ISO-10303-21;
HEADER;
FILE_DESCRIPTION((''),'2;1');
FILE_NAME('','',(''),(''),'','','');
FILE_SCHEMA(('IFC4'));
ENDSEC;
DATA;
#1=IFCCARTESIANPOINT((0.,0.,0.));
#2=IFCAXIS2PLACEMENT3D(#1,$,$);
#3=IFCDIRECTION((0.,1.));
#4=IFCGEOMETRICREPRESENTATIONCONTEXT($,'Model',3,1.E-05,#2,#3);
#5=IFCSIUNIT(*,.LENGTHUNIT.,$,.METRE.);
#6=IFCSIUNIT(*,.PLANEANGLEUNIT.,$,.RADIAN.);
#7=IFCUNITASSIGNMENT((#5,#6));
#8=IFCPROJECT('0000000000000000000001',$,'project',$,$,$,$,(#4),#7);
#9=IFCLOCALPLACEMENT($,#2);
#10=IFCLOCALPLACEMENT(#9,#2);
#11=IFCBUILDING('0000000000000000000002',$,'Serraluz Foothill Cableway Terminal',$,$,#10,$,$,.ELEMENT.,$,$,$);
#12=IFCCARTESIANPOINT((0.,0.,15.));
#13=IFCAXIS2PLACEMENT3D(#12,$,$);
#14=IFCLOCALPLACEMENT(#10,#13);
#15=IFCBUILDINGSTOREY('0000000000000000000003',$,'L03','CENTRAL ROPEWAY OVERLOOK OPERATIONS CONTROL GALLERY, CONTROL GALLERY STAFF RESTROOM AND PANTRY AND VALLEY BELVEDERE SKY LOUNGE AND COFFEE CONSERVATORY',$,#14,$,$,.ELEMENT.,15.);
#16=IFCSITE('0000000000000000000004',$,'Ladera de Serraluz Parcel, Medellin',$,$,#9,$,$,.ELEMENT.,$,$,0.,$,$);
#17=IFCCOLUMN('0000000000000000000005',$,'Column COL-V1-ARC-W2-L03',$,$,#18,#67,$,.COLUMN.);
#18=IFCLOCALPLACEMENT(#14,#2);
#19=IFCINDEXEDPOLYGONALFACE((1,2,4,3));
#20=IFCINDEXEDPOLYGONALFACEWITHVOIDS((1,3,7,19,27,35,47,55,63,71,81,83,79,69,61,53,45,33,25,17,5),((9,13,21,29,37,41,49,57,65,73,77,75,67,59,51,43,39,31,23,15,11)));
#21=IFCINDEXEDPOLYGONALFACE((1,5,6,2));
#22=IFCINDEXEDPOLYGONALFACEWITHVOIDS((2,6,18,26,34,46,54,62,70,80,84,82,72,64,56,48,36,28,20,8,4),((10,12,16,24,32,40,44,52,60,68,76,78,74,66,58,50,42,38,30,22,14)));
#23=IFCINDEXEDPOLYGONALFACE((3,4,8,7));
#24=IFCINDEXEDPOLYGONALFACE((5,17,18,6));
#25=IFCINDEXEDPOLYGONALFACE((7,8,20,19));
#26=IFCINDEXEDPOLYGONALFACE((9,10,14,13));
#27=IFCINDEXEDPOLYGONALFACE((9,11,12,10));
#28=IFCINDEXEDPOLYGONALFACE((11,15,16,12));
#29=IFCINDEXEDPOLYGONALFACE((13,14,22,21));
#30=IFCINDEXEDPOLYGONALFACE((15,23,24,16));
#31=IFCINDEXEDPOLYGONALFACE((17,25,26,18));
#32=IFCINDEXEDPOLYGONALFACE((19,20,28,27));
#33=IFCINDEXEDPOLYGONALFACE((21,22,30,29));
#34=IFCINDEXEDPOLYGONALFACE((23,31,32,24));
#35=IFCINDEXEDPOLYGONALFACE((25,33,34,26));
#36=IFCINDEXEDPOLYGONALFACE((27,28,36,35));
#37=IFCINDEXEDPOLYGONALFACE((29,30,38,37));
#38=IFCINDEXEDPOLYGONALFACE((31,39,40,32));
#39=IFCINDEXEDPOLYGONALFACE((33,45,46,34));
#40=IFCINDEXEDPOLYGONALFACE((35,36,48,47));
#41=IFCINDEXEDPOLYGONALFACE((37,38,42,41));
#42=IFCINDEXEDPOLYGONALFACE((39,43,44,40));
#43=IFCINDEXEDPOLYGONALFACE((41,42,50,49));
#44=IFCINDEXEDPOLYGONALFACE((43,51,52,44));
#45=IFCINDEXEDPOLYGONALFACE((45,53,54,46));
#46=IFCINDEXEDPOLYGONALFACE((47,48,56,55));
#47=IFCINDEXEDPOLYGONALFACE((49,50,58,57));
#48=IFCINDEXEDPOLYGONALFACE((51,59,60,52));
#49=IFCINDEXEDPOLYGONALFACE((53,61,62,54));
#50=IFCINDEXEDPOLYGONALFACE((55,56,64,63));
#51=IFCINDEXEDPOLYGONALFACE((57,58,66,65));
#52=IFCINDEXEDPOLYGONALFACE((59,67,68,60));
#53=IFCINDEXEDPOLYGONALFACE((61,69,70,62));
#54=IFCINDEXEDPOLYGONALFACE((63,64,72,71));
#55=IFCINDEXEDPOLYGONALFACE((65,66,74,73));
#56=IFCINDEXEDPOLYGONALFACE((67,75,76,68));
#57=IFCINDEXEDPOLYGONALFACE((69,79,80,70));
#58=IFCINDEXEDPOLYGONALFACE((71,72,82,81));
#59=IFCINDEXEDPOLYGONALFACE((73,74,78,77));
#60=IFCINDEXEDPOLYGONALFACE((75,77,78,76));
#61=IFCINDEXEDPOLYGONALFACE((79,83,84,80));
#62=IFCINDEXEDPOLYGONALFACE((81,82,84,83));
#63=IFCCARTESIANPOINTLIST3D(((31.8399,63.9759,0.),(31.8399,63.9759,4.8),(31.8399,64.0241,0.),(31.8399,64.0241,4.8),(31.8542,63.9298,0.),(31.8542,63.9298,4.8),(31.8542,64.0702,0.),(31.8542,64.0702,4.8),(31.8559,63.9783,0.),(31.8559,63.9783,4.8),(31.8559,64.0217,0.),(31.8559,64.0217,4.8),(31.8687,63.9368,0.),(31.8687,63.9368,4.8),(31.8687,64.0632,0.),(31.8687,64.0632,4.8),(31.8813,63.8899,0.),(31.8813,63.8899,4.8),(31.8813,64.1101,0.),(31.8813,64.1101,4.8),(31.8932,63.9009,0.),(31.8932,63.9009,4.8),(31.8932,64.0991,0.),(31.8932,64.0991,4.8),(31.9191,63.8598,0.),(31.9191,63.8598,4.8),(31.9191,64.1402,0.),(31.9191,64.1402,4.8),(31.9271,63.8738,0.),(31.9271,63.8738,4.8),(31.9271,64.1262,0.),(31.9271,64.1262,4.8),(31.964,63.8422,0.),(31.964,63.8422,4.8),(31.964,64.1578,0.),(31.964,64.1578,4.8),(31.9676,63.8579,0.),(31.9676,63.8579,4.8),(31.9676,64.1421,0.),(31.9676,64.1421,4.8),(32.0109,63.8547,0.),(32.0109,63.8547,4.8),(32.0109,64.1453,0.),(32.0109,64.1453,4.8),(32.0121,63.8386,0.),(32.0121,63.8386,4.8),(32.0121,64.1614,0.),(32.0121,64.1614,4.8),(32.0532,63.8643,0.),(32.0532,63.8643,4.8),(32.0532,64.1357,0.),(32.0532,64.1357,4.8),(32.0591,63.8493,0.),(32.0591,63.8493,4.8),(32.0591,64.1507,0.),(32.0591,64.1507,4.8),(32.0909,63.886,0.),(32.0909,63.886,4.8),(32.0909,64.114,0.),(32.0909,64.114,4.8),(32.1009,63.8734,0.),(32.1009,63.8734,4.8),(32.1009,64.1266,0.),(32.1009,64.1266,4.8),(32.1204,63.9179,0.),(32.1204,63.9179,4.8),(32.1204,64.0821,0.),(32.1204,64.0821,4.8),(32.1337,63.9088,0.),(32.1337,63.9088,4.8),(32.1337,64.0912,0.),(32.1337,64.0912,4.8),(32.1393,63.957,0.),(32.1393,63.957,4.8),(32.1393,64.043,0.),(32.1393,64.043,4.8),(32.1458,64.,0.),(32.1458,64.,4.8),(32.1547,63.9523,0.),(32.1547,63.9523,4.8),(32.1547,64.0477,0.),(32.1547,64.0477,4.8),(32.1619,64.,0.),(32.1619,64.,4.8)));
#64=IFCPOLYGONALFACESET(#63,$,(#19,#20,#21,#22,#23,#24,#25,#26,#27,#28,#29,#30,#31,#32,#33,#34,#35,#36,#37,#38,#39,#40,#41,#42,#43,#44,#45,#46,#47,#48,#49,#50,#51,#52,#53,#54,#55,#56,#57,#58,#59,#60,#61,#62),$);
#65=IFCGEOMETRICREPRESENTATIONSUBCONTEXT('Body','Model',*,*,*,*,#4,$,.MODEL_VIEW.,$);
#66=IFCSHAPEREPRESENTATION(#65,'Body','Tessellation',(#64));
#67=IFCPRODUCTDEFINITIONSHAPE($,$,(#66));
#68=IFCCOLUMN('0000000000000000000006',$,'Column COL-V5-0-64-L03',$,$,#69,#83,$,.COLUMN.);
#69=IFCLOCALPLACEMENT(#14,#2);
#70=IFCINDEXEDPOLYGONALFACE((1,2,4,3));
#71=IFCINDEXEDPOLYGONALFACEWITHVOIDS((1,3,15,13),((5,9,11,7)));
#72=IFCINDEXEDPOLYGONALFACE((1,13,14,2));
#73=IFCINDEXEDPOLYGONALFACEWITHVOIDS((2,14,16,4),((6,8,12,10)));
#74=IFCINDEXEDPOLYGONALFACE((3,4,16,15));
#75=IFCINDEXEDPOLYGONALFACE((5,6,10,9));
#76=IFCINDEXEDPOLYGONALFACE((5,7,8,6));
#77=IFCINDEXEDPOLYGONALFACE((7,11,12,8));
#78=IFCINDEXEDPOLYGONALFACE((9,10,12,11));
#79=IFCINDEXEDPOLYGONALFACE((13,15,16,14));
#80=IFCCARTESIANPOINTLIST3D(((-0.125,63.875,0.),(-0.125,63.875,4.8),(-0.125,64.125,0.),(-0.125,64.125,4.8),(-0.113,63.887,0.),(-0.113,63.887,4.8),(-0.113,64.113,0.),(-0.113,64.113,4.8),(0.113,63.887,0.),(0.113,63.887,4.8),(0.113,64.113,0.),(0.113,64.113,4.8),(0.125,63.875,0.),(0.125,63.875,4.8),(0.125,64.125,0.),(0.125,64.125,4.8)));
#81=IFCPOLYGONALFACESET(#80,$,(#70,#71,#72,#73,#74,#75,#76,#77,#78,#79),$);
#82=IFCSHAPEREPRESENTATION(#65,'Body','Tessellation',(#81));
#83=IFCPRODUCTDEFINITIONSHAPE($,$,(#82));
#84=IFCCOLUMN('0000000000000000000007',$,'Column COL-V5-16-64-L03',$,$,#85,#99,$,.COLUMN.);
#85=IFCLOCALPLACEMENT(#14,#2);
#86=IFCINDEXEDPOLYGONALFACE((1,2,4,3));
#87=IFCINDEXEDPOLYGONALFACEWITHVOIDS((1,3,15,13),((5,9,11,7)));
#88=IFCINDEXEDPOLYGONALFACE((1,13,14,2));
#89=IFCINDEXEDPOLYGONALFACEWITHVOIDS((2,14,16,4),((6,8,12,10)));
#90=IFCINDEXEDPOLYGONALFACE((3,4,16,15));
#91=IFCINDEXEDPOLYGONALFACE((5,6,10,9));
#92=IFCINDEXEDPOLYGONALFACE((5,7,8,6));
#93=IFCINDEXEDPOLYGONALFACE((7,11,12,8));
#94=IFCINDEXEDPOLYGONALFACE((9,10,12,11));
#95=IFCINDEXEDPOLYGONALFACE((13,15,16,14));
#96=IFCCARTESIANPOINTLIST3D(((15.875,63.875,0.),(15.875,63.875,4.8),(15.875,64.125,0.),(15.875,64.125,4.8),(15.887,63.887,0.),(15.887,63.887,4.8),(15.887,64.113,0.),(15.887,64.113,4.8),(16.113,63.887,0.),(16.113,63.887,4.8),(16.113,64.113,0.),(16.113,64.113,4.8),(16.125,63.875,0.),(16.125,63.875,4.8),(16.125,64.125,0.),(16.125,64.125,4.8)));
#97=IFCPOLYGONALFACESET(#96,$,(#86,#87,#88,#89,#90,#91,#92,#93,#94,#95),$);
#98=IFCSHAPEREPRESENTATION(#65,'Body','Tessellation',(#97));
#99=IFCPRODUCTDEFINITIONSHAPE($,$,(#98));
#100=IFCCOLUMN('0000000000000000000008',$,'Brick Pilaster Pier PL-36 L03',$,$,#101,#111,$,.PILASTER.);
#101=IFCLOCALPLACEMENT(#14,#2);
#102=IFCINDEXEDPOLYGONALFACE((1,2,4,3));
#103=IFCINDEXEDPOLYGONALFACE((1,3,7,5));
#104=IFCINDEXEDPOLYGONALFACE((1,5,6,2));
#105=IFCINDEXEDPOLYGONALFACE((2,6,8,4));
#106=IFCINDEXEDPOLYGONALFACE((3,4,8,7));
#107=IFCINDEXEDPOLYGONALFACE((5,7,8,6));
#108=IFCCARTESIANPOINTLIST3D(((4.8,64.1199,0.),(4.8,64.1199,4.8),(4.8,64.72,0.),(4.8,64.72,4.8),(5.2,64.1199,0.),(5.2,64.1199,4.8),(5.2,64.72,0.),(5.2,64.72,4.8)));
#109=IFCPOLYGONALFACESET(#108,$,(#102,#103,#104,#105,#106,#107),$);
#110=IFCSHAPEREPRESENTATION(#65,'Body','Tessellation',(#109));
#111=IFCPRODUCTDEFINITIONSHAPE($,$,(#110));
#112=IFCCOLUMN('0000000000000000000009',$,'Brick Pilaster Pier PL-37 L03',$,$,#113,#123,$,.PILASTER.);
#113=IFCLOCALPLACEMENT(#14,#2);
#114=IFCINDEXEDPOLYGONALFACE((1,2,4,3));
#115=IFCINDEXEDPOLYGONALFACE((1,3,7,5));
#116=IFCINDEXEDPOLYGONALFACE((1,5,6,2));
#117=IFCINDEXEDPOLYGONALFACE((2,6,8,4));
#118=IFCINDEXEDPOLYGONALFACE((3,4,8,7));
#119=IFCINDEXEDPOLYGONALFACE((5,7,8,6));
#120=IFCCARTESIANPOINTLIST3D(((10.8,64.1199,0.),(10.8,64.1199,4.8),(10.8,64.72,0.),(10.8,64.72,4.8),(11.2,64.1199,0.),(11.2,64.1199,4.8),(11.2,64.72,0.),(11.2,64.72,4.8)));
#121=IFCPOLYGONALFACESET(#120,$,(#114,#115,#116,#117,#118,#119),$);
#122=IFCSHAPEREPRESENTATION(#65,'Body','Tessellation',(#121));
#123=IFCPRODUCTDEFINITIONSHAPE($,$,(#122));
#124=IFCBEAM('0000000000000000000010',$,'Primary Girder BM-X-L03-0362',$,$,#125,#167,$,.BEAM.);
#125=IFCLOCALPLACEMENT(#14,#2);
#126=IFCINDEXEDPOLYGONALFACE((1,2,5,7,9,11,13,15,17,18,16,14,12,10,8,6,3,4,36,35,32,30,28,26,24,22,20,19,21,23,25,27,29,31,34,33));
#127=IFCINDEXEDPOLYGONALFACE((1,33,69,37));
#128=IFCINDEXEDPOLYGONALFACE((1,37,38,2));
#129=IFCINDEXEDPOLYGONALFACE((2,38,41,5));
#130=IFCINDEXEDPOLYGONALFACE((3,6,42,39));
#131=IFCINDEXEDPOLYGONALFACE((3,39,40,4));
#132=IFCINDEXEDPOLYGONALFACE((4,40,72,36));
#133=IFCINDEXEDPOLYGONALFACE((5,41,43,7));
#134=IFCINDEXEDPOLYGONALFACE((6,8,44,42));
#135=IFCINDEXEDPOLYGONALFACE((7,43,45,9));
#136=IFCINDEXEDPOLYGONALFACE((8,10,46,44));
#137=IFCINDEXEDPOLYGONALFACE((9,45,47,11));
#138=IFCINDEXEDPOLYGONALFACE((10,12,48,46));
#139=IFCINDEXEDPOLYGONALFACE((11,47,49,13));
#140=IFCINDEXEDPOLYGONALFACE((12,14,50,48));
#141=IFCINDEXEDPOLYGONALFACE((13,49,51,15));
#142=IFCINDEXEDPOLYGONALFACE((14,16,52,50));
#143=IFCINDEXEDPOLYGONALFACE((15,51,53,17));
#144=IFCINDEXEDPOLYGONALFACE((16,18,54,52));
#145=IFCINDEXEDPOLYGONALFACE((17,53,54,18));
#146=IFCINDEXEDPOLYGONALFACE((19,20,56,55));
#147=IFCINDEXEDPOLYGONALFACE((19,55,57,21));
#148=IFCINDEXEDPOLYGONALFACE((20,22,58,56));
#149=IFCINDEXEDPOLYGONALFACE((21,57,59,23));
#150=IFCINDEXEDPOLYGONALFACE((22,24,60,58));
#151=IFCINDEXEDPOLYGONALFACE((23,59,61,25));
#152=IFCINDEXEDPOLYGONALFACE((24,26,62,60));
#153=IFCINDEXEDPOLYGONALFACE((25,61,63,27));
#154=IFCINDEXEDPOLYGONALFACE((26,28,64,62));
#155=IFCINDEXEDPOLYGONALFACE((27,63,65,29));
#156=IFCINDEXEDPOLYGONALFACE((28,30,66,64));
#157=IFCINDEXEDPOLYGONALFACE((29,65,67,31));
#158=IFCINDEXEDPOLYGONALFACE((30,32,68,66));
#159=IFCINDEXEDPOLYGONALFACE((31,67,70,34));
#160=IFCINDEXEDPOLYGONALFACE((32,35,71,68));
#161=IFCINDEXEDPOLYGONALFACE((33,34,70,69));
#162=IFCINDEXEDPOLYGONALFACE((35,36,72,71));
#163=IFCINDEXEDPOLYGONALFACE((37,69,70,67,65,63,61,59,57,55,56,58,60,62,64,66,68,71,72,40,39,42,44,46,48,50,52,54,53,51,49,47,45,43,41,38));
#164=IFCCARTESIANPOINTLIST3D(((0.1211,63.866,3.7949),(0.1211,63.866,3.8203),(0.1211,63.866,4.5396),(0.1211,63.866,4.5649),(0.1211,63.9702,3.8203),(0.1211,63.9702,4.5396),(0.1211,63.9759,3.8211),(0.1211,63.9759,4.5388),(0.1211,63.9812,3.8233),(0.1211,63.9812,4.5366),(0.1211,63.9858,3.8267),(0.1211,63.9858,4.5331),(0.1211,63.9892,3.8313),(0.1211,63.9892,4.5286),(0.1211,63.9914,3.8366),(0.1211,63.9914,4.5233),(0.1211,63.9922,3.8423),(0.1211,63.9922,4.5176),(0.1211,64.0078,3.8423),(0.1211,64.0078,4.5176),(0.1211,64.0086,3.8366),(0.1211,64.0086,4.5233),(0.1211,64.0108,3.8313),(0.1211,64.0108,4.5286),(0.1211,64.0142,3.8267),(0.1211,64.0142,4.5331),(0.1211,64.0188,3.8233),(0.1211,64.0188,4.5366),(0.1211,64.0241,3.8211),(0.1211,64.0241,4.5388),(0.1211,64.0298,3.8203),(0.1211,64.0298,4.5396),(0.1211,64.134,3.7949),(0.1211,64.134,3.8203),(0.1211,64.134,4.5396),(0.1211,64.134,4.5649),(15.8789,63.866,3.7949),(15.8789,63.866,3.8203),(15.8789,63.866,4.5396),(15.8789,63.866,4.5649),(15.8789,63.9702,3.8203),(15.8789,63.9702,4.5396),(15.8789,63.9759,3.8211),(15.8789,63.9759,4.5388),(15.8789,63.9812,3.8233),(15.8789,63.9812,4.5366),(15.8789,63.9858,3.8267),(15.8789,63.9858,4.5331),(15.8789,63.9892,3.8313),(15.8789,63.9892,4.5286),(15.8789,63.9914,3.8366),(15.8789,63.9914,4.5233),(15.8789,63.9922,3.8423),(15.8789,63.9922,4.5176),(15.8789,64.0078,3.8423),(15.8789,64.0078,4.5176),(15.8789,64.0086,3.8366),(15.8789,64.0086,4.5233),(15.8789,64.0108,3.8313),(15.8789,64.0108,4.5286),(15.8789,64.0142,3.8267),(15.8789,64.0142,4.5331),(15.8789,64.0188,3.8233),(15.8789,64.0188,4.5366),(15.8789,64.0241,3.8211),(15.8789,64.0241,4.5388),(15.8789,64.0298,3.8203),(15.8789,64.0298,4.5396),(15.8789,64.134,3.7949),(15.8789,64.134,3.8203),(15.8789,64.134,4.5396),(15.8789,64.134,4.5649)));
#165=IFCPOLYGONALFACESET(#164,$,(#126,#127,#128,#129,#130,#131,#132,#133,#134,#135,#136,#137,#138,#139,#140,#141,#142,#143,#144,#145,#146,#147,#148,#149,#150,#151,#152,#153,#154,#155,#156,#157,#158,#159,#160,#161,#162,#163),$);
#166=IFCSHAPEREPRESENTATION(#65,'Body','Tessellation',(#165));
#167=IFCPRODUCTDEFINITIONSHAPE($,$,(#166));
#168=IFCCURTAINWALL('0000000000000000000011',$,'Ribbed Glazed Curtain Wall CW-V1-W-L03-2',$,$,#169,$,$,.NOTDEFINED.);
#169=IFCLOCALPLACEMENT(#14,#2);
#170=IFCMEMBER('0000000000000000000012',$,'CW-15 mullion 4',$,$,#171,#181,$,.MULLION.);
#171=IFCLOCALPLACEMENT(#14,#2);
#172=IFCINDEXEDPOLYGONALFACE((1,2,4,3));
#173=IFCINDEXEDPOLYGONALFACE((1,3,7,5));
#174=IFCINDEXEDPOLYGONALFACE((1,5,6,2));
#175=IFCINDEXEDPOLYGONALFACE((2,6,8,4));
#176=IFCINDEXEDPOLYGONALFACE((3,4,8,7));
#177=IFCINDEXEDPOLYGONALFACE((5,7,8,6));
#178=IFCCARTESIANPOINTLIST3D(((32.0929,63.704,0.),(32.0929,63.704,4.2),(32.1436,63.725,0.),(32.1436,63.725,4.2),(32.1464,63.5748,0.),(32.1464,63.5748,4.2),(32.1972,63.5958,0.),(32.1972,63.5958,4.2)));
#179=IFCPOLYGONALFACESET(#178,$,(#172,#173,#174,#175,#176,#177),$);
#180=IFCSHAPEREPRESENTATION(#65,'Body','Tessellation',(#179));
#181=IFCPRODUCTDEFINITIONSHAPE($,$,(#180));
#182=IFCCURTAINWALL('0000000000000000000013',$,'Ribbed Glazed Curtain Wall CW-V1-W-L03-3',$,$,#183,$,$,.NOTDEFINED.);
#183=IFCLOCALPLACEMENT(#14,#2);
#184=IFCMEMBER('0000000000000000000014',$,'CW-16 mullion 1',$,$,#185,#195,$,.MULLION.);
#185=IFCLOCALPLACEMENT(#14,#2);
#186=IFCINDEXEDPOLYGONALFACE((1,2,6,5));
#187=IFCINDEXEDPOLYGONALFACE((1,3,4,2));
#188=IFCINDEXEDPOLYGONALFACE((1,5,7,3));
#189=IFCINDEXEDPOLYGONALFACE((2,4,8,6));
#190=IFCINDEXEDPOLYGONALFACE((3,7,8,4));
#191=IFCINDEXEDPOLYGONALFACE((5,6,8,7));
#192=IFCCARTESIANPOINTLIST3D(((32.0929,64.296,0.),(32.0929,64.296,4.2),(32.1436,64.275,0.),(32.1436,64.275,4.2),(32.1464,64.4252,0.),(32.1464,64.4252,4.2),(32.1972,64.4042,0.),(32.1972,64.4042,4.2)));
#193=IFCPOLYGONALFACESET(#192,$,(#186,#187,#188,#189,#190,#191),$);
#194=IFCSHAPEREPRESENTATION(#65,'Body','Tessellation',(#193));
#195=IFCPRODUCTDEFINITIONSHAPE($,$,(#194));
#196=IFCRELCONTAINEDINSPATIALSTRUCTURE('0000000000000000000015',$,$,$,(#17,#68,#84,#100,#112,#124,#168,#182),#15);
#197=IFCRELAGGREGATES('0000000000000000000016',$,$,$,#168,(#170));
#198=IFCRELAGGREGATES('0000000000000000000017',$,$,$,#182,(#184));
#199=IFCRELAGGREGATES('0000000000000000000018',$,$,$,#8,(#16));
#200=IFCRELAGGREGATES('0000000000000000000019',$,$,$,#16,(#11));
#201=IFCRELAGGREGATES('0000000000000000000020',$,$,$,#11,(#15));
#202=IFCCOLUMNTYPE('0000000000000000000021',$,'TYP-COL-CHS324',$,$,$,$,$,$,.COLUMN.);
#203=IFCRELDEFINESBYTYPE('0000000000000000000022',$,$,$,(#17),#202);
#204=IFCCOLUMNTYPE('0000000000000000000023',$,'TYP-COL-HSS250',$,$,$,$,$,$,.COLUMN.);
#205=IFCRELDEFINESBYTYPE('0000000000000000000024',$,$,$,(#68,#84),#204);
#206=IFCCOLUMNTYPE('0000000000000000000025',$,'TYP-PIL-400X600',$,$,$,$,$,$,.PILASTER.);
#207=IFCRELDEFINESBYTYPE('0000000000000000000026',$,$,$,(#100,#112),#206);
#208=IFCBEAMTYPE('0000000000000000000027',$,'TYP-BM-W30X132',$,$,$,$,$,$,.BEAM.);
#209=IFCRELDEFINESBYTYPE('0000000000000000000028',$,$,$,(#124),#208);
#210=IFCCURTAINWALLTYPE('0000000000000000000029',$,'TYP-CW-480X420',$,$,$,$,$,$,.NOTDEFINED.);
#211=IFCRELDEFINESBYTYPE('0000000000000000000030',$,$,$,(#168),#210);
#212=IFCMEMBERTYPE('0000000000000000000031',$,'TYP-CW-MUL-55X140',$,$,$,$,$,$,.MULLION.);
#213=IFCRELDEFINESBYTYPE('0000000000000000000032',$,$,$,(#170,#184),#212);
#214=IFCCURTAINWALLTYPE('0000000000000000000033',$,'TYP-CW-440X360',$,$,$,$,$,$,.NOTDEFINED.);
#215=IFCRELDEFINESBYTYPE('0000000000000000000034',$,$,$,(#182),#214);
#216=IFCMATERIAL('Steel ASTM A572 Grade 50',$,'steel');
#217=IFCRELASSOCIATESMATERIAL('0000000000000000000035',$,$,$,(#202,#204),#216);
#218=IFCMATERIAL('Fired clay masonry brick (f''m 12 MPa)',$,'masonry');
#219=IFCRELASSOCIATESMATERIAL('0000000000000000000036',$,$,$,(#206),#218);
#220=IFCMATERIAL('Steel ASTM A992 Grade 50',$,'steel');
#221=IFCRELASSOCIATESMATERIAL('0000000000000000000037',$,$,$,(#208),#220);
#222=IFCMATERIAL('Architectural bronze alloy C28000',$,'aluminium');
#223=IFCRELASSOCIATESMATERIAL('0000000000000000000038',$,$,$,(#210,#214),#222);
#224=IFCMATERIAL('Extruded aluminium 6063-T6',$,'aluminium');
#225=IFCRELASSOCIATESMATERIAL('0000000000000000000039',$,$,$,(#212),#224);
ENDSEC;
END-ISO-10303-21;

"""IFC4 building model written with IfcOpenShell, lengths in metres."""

from ifc_helpers import new_model, si_unit, direction, frame, origin, origin_2d, place, context, subcontext, project, spatial, rectangle, hollow_rectangle, hollow_circle, i_section, extrude, material, material_profile, profile_set, type_object, element, aggregate, save


model = new_model("IFC4")

# Units and contexts
model_context = context("Model", 3, precision=1e-05, world=origin(), true_north=direction((0.0, 1.0)))
body_context = subcontext(model_context, "Body", "Model", "MODEL_VIEW")
ifc_project = project(units=[si_unit("LENGTHUNIT", "METRE"), si_unit("PLANEANGLEUNIT", "RADIAN")], contexts=[model_context])

# Site, building, storey
site_placement = place(None, origin())
site = spatial("IfcSite", under=ifc_project, at=site_placement, Name="Ladera de Serraluz Parcel, Medellin", CompositionType="ELEMENT", RefElevation=0.0)
building_placement = place(site_placement, origin())
building = spatial("IfcBuilding", under=site, at=building_placement, Name="Serraluz Foothill Cableway Terminal", CompositionType="ELEMENT")
storey_placement = place(building_placement, frame((0.0, 0.0, 15.0)))
storey = spatial("IfcBuildingStorey", under=building, at=storey_placement, Name="L03", Description="CENTRAL ROPEWAY OVERLOOK OPERATIONS CONTROL GALLERY, CONTROL GALLERY STAFF RESTROOM AND PANTRY AND VALLEY BELVEDERE SKY LOUNGE AND COFFEE CONSERVATORY", CompositionType="ELEMENT", Elevation=15.0)

# Columns
ifc_material_1 = material(Name="Steel ASTM A572 Grade 50", Category="steel")
ifc_material_profile_1 = material_profile(ifc_material_1, hollow_circle(Radius=0.1619, WallThickness=0.0161, at=origin_2d()), Name="CHS324X16")
ifc_profile_set_1 = profile_set([ifc_material_profile_1], Name="Steel ASTM A572 Grade 50")
column_type_1 = type_object("IfcColumnType", Name="TYP-COL-CHS324", PredefinedType="COLUMN", material=ifc_profile_set_1)
column_placement = place(storey_placement, frame((32.0, 64.0, 0.0), z_axis=(0.0, 0.0, 1.0), x_axis=(1.0, 0.0, 0.0)))
element("IfcColumn", 1, at=column_placement, inside=storey, type_object=column_type_1, Name="Column COL-V1-ARC-W2-L03", PredefinedType="COLUMN", context=body_context, shape_type="SweptSolid", body=[
    extrude(hollow_circle(Radius=0.1619, WallThickness=0.0161, at=origin_2d()), origin(), (0.0, 0.0, 1.0), 4.8),
])
ifc_material_profile_2 = material_profile(ifc_material_1, hollow_rectangle(XDim=0.25, YDim=0.25, WallThickness=0.012, at=origin_2d()), Name="HSS250X250X12")
ifc_profile_set_2 = profile_set([ifc_material_profile_2], Name="Steel ASTM A572 Grade 50")
column_type_2 = type_object("IfcColumnType", Name="TYP-COL-HSS250", PredefinedType="COLUMN", material=ifc_profile_set_2)
for number, where, z_axis, x_axis, name in (
    (2, (0.0, 64.0, 0.0), (0.0, 0.0, 1.0), (1.0, 0.0, 0.0), "Column COL-V5-0-64-L03"),
    (3, (16.0, 64.0, 0.0), (0.0, 0.0, 1.0), (1.0, 0.0, 0.0), "Column COL-V5-16-64-L03"),
):
    element("IfcColumn", number, at=place(storey_placement, frame(where, z_axis=z_axis, x_axis=x_axis)), inside=storey, type_object=column_type_2, Name=name, PredefinedType="COLUMN", context=body_context, shape_type="SweptSolid", body=[
        extrude(hollow_rectangle(XDim=0.25, YDim=0.25, WallThickness=0.012, at=origin_2d()), origin(), (0.0, 0.0, 1.0), 4.8),
    ])
ifc_material_2 = material(Name="Fired clay masonry brick (f'm 12 MPa)", Category="masonry")
ifc_material_profile_3 = material_profile(ifc_material_2, rectangle(XDim=0.3999, YDim=0.6001, at=origin_2d()), Name="PIL 400x600")
ifc_profile_set_3 = profile_set([ifc_material_profile_3], Name="Fired clay masonry brick (f'm 12 MPa)")
column_type_3 = type_object("IfcColumnType", Name="TYP-PIL-400X600", PredefinedType="PILASTER", material=ifc_profile_set_3)
for number, where, z_axis, x_axis, name in (
    (4, (5.0, 64.4199, 0.0), (0.0, 0.0, 1.0), (1.0, 0.0, 0.0), "Brick Pilaster Pier PL-36 L03"),
    (5, (11.0, 64.4199, 0.0), (0.0, 0.0, 1.0), (1.0, 0.0, 0.0), "Brick Pilaster Pier PL-37 L03"),
):
    element("IfcColumn", number, at=place(storey_placement, frame(where, z_axis=z_axis, x_axis=x_axis)), inside=storey, type_object=column_type_3, Name=name, PredefinedType="PILASTER", context=body_context, shape_type="SweptSolid", body=[
        extrude(rectangle(XDim=0.3999, YDim=0.6001, at=origin_2d()), origin(), (0.0, 0.0, 1.0), 4.8),
    ])

# Beam
ifc_material_3 = material(Name="Steel ASTM A992 Grade 50", Category="steel")
ifc_material_profile_4 = material_profile(ifc_material_3, i_section(OverallWidth=0.2681, OverallDepth=0.77, WebThickness=0.0156, FlangeThickness=0.0254, FilletRadius=0.022, at=origin_2d()), Name="W30X132")
ifc_profile_set_4 = profile_set([ifc_material_profile_4], Name="Steel ASTM A992 Grade 50")
beam_type_1 = type_object("IfcBeamType", Name="TYP-BM-W30X132", PredefinedType="BEAM", material=ifc_profile_set_4)
beam_1_placement = place(storey_placement, frame((0.1211, 64.0, 4.1799), z_axis=(1.0, 0.0, 0.0), x_axis=(0.0, 1.0, 0.0)))
element("IfcBeam", 6, at=beam_1_placement, inside=storey, type_object=beam_type_1, Name="Primary Girder BM-X-L03-0362", PredefinedType="BEAM", context=body_context, shape_type="SweptSolid", body=[
    extrude(i_section(OverallWidth=0.2681, OverallDepth=0.77, WebThickness=0.0156, FlangeThickness=0.0254, FilletRadius=0.022, at=origin_2d()), origin(), (0.0, 0.0, 1.0), 15.7578),
])

# Curtain walls, members
ifc_material_4 = material(Name="Architectural bronze alloy C28000", Category="aluminium")
curtain_wall_type_1 = type_object("IfcCurtainWallType", Name="TYP-CW-480X420", PredefinedType="NOTDEFINED", material=ifc_material_4)
curtain_wall_1_placement = place(storey_placement, origin())
curtain_wall_1 = element("IfcCurtainWall", 7, at=curtain_wall_1_placement, inside=storey, type_object=curtain_wall_type_1, Name="Ribbed Glazed Curtain Wall CW-V1-W-L03-2", PredefinedType="NOTDEFINED")
ifc_material_5 = material(Name="Extruded aluminium 6063-T6", Category="aluminium")
ifc_material_profile_5 = material_profile(ifc_material_5, rectangle(XDim=0.0549, YDim=0.1399, at=origin_2d()), Name="ALU MULLION 55x140")
ifc_profile_set_5 = profile_set([ifc_material_profile_5], Name="Extruded aluminium 6063-T6")
member_type_1 = type_object("IfcMemberType", Name="TYP-CW-MUL-55X140", PredefinedType="MULLION", material=ifc_profile_set_5)
member_1_placement = place(storey_placement, frame((32.145, 63.6499, 0.0), z_axis=(0.0, 0.0, 1.0), x_axis=(-0.923879, -0.382685, 0.0)))
member_1 = element("IfcMember", 8, at=member_1_placement, type_object=member_type_1, Name="CW-15 mullion 4", PredefinedType="MULLION", context=body_context, shape_type="SweptSolid", body=[
    extrude(rectangle(XDim=0.0549, YDim=0.1399, at=origin_2d()), origin(), (0.0, 0.0, 1.0), 4.2),
])
aggregate(curtain_wall_1, [member_1])
curtain_wall_type_2 = type_object("IfcCurtainWallType", Name="TYP-CW-440X360", PredefinedType="NOTDEFINED", material=ifc_material_4)
curtain_wall_2_placement = place(storey_placement, origin())
curtain_wall_2 = element("IfcCurtainWall", 9, at=curtain_wall_2_placement, inside=storey, type_object=curtain_wall_type_2, Name="Ribbed Glazed Curtain Wall CW-V1-W-L03-3", PredefinedType="NOTDEFINED")
member_2_placement = place(storey_placement, frame((32.145, 64.3501, 0.0), z_axis=(0.0, 0.0, 1.0), x_axis=(-0.923879, 0.382685, 0.0)))
member_2 = element("IfcMember", 10, at=member_2_placement, type_object=member_type_1, Name="CW-16 mullion 1", PredefinedType="MULLION", context=body_context, shape_type="SweptSolid", body=[
    extrude(rectangle(XDim=0.0549, YDim=0.1399, at=origin_2d()), origin(), (0.0, 0.0, 1.0), 4.2),
])

aggregate(curtain_wall_2, [member_2])

save(model, "model.ifc")
